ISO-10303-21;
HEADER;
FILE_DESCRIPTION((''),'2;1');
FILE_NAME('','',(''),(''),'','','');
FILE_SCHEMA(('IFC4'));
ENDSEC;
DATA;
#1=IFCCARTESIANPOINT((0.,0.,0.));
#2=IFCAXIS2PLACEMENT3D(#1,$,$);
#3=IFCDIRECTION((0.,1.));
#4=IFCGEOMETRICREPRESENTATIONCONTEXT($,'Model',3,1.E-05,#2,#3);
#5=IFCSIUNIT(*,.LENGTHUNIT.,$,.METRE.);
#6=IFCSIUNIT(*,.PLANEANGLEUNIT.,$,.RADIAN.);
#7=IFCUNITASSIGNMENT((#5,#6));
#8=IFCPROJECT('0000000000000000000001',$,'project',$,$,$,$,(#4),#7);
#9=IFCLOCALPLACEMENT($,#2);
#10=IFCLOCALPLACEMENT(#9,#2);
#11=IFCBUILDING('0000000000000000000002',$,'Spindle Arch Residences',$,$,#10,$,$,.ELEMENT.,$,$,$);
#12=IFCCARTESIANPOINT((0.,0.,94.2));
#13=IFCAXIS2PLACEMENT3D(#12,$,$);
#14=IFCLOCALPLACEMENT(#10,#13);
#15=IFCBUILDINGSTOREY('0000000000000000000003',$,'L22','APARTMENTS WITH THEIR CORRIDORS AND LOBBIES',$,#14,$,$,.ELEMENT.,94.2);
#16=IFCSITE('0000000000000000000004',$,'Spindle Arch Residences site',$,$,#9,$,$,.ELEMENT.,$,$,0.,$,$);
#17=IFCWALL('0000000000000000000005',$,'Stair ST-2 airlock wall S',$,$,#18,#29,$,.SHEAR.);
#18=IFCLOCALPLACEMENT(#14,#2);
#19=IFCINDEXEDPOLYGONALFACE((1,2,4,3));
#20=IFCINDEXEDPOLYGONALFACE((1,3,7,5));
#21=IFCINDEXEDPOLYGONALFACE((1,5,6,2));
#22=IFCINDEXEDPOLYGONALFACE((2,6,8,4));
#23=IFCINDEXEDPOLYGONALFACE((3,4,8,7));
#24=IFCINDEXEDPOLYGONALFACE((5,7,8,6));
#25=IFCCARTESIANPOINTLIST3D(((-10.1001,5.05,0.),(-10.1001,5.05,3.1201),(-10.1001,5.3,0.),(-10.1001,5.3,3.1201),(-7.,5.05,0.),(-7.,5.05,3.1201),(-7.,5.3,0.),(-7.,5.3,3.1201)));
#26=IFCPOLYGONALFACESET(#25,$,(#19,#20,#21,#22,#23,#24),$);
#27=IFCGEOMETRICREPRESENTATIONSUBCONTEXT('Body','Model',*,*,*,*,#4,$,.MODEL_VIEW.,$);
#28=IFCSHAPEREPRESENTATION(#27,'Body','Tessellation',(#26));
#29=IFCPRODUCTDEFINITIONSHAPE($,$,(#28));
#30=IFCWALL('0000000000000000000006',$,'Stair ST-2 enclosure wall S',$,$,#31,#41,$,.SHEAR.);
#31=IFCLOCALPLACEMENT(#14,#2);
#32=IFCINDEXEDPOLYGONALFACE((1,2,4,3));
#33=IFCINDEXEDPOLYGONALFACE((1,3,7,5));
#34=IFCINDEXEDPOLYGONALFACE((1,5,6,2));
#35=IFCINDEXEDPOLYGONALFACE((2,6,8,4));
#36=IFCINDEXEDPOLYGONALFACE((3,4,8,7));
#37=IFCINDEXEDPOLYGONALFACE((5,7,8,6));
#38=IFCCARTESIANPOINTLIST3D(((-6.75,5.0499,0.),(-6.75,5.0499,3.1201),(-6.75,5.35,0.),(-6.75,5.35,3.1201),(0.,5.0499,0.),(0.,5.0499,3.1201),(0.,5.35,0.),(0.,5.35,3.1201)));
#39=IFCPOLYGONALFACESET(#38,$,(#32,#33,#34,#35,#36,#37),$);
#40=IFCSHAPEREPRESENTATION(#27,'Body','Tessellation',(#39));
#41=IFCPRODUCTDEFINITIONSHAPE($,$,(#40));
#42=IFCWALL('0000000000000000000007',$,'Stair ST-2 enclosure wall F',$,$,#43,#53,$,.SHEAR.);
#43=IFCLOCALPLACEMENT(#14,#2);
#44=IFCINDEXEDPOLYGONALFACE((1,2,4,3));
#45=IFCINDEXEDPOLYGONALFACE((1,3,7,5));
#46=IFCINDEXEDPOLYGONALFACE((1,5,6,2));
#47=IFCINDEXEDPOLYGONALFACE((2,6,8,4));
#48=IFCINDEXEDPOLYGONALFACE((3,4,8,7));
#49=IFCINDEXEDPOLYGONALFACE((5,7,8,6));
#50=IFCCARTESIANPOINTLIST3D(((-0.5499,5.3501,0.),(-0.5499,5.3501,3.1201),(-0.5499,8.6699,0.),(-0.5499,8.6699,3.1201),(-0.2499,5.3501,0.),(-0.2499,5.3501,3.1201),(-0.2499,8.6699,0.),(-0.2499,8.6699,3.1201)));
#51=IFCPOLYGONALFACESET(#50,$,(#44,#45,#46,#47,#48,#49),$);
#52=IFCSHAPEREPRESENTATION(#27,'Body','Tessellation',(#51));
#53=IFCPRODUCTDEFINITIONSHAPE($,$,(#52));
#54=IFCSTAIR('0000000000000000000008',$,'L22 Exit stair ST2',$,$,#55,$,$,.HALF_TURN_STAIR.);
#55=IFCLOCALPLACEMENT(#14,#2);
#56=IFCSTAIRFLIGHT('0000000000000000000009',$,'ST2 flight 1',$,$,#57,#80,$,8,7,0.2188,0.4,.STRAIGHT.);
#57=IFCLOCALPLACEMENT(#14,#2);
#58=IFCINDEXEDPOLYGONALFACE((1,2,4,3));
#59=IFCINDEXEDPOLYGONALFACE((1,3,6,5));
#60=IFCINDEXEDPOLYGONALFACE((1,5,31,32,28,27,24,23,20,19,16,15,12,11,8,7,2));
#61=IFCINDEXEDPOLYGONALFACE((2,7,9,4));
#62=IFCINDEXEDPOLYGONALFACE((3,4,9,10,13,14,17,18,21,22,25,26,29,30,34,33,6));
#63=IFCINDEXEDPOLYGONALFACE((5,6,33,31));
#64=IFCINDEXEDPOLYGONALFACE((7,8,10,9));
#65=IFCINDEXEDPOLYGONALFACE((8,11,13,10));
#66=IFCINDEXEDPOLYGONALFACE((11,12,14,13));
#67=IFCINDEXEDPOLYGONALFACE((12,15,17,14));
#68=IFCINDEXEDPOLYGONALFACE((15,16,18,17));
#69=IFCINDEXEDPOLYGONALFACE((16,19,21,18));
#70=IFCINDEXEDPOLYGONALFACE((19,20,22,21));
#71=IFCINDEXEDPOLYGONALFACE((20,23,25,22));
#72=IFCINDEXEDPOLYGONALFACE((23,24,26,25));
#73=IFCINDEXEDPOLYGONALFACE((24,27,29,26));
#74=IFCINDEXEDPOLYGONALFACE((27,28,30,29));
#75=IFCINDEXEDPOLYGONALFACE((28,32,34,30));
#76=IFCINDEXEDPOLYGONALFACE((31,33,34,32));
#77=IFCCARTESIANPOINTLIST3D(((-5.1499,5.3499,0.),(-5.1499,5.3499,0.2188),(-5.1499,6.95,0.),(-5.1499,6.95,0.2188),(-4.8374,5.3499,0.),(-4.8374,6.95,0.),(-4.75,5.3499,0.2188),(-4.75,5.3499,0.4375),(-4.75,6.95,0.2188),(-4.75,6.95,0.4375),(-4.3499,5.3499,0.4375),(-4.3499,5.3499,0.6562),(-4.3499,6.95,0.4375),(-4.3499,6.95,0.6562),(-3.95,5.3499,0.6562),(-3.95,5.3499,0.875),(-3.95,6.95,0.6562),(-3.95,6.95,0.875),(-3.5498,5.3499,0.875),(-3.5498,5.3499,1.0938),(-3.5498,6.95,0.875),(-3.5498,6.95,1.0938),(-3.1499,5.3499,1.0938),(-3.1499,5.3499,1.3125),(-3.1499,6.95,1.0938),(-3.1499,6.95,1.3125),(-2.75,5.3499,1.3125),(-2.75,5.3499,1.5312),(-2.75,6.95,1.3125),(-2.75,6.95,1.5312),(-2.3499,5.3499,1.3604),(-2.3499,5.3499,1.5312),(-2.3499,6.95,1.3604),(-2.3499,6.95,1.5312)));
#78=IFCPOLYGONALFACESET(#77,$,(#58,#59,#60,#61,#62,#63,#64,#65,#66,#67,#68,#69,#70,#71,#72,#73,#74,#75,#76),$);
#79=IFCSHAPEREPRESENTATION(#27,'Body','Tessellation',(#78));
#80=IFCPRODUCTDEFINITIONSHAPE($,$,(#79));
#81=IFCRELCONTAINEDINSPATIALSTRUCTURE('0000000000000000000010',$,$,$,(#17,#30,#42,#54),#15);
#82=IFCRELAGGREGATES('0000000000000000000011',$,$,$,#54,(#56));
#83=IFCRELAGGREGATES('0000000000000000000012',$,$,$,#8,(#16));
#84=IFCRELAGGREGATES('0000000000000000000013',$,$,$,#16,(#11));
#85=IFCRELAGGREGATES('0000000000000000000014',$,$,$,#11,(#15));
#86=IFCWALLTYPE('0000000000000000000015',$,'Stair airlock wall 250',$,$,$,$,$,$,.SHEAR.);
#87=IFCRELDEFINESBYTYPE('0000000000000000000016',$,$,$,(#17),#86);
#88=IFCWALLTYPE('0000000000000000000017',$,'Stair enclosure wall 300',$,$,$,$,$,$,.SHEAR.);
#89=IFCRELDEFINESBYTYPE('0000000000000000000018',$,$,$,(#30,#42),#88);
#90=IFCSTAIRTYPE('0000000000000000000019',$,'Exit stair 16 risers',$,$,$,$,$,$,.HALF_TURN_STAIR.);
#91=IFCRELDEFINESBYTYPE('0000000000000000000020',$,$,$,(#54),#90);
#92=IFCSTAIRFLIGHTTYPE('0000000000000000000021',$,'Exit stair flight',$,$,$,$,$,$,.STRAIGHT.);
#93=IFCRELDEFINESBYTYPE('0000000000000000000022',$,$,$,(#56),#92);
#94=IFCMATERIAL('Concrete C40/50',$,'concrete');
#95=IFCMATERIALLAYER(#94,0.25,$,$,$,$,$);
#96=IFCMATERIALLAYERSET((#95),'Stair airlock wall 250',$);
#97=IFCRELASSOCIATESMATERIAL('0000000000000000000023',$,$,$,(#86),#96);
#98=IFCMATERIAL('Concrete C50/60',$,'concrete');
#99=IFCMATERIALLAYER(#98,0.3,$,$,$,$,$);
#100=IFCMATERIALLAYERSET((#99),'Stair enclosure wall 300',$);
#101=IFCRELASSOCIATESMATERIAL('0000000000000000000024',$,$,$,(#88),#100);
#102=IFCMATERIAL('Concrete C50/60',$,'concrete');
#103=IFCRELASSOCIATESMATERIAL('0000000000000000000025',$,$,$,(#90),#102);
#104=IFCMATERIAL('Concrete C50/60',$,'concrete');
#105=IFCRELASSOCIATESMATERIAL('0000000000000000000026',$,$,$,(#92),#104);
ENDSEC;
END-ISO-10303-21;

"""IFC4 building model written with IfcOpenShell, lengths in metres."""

from ifc_helpers import new_model, si_unit, direction, frame, frame_2d, origin, place, context, subcontext, project, spatial, polyline, rectangle, outline, extrude, material, layer, layer_set, type_object, element, aggregate, save


model = new_model("IFC4")

# Units and contexts
model_context = context("Model", 3, precision=1e-05, world=origin(), true_north=direction((0.0, 1.0)))
body_context = subcontext(model_context, "Body", "Model", "MODEL_VIEW")
ifc_project = project(units=[si_unit("LENGTHUNIT", "METRE"), si_unit("PLANEANGLEUNIT", "RADIAN")], contexts=[model_context])

# Site, building, storey
site_placement = place(None, origin())
site = spatial("IfcSite", under=ifc_project, at=site_placement, Name="Spindle Arch Residences site", CompositionType="ELEMENT", RefElevation=0.0)
building_placement = place(site_placement, origin())
building = spatial("IfcBuilding", under=site, at=building_placement, Name="Spindle Arch Residences", CompositionType="ELEMENT")
storey_placement = place(building_placement, frame((0.0, 0.0, 94.2)))
storey = spatial("IfcBuildingStorey", under=building, at=storey_placement, Name="L22", Description="APARTMENTS WITH THEIR CORRIDORS AND LOBBIES", CompositionType="ELEMENT", Elevation=94.2)

# Walls
ifc_material_1 = material(Name="Concrete C40/50", Category="concrete")
ifc_layer_1 = layer(ifc_material_1, 0.25)
ifc_layer_set_1 = layer_set([ifc_layer_1], Name="Stair airlock wall 250")
wall_type_1 = type_object("IfcWallType", Name="Stair airlock wall 250", PredefinedType="SHEAR", material=ifc_layer_set_1)
wall_1_placement = place(storey_placement, frame((-7.0, 5.175, 0.0), z_axis=(0.0, 0.0, 1.0), x_axis=(-1.0, 0.0, 0.0)))
element("IfcWall", 1, at=wall_1_placement, inside=storey, type_object=wall_type_1, Name="Stair ST-2 airlock wall S", PredefinedType="SHEAR", context=body_context, shape_type="SweptSolid", body=[
    extrude(rectangle(XDim=3.1001, YDim=0.25, at=frame_2d((1.55, 0.0))), origin(), (0.0, 0.0, 1.0), 3.1201),
])
ifc_material_2 = material(Name="Concrete C50/60", Category="concrete")
ifc_layer_2 = layer(ifc_material_2, 0.3)
ifc_layer_set_2 = layer_set([ifc_layer_2], Name="Stair enclosure wall 300")
wall_type_2 = type_object("IfcWallType", Name="Stair enclosure wall 300", PredefinedType="SHEAR", material=ifc_layer_set_2)
wall_2_placement = place(storey_placement, frame((-6.75, 5.2, 0.0), z_axis=(0.0, 0.0, 1.0), x_axis=(1.0, 0.0, 0.0)))
element("IfcWall", 2, at=wall_2_placement, inside=storey, type_object=wall_type_2, Name="Stair ST-2 enclosure wall S", PredefinedType="SHEAR", context=body_context, shape_type="SweptSolid", body=[
    extrude(rectangle(XDim=6.75, YDim=0.3, at=frame_2d((3.375, 0.0))), origin(), (0.0, 0.0, 1.0), 3.1201),
])
wall_3_placement = place(storey_placement, frame((-0.3999, 5.3501, 0.0), z_axis=(0.0, 0.0, 1.0), x_axis=(0.0, 1.0, 0.0)))
element("IfcWall", 3, at=wall_3_placement, inside=storey, type_object=wall_type_2, Name="Stair ST-2 enclosure wall F", PredefinedType="SHEAR", context=body_context, shape_type="SweptSolid", body=[
    extrude(rectangle(XDim=3.3198, YDim=0.3, at=frame_2d((1.6599, 0.0))), origin(), (0.0, 0.0, 1.0), 3.1201),
])

# Stair, stair flight
ifc_material_3 = material(Name="Concrete C50/60", Category="concrete")
stair_type = type_object("IfcStairType", Name="Exit stair 16 risers", PredefinedType="HALF_TURN_STAIR", material=ifc_material_3)
stair_placement = place(storey_placement, origin())
stair = element("IfcStair", 4, at=stair_placement, inside=storey, type_object=stair_type, Name="L22 Exit stair ST2", PredefinedType="HALF_TURN_STAIR")
ifc_material_4 = material(Name="Concrete C50/60", Category="concrete")
stair_flight_type = type_object("IfcStairFlightType", Name="Exit stair flight", PredefinedType="STRAIGHT", material=ifc_material_4)
stair_flight_placement = place(storey_placement, frame((-5.1499, 6.1499, 0.0), z_axis=(0.0, 0.0, 1.0), x_axis=(1.0, 0.0, 0.0)))
stair_flight = element("IfcStairFlight", 5, at=stair_flight_placement, type_object=stair_flight_type, Name="ST2 flight 1", NumberOfRisers=8, NumberOfTreads=7, PredefinedType="STRAIGHT", RiserHeight=0.2188, TreadLength=0.4, context=body_context, shape_type="SweptSolid", body=[
    extrude(outline(polyline([(0.0, 0.0), (0.0, 0.2188), (0.3999, 0.2188), (0.3999, 0.4375), (0.8, 0.4375), (0.8, 0.6562), (1.2, 0.6562), (1.2, 0.875), (1.6001, 0.875), (1.6001, 1.0938), (2.0, 1.0938), (2.0, 1.3125), (2.3999, 1.3125), (2.3999, 1.5312), (2.8, 1.5312), (2.8, 1.75), (2.8, 1.3604), (0.3125, 0.0), (0.0, 0.0)])), frame((0.0, 0.8, 0.0), z_axis=(0.0, -1.0, 0.0), x_axis=(1.0, 0.0, 0.0)), (0.0, 0.0, 1.0), 1.6001),
])
aggregate(stair, [stair_flight])

save(model, "model.ifc")
